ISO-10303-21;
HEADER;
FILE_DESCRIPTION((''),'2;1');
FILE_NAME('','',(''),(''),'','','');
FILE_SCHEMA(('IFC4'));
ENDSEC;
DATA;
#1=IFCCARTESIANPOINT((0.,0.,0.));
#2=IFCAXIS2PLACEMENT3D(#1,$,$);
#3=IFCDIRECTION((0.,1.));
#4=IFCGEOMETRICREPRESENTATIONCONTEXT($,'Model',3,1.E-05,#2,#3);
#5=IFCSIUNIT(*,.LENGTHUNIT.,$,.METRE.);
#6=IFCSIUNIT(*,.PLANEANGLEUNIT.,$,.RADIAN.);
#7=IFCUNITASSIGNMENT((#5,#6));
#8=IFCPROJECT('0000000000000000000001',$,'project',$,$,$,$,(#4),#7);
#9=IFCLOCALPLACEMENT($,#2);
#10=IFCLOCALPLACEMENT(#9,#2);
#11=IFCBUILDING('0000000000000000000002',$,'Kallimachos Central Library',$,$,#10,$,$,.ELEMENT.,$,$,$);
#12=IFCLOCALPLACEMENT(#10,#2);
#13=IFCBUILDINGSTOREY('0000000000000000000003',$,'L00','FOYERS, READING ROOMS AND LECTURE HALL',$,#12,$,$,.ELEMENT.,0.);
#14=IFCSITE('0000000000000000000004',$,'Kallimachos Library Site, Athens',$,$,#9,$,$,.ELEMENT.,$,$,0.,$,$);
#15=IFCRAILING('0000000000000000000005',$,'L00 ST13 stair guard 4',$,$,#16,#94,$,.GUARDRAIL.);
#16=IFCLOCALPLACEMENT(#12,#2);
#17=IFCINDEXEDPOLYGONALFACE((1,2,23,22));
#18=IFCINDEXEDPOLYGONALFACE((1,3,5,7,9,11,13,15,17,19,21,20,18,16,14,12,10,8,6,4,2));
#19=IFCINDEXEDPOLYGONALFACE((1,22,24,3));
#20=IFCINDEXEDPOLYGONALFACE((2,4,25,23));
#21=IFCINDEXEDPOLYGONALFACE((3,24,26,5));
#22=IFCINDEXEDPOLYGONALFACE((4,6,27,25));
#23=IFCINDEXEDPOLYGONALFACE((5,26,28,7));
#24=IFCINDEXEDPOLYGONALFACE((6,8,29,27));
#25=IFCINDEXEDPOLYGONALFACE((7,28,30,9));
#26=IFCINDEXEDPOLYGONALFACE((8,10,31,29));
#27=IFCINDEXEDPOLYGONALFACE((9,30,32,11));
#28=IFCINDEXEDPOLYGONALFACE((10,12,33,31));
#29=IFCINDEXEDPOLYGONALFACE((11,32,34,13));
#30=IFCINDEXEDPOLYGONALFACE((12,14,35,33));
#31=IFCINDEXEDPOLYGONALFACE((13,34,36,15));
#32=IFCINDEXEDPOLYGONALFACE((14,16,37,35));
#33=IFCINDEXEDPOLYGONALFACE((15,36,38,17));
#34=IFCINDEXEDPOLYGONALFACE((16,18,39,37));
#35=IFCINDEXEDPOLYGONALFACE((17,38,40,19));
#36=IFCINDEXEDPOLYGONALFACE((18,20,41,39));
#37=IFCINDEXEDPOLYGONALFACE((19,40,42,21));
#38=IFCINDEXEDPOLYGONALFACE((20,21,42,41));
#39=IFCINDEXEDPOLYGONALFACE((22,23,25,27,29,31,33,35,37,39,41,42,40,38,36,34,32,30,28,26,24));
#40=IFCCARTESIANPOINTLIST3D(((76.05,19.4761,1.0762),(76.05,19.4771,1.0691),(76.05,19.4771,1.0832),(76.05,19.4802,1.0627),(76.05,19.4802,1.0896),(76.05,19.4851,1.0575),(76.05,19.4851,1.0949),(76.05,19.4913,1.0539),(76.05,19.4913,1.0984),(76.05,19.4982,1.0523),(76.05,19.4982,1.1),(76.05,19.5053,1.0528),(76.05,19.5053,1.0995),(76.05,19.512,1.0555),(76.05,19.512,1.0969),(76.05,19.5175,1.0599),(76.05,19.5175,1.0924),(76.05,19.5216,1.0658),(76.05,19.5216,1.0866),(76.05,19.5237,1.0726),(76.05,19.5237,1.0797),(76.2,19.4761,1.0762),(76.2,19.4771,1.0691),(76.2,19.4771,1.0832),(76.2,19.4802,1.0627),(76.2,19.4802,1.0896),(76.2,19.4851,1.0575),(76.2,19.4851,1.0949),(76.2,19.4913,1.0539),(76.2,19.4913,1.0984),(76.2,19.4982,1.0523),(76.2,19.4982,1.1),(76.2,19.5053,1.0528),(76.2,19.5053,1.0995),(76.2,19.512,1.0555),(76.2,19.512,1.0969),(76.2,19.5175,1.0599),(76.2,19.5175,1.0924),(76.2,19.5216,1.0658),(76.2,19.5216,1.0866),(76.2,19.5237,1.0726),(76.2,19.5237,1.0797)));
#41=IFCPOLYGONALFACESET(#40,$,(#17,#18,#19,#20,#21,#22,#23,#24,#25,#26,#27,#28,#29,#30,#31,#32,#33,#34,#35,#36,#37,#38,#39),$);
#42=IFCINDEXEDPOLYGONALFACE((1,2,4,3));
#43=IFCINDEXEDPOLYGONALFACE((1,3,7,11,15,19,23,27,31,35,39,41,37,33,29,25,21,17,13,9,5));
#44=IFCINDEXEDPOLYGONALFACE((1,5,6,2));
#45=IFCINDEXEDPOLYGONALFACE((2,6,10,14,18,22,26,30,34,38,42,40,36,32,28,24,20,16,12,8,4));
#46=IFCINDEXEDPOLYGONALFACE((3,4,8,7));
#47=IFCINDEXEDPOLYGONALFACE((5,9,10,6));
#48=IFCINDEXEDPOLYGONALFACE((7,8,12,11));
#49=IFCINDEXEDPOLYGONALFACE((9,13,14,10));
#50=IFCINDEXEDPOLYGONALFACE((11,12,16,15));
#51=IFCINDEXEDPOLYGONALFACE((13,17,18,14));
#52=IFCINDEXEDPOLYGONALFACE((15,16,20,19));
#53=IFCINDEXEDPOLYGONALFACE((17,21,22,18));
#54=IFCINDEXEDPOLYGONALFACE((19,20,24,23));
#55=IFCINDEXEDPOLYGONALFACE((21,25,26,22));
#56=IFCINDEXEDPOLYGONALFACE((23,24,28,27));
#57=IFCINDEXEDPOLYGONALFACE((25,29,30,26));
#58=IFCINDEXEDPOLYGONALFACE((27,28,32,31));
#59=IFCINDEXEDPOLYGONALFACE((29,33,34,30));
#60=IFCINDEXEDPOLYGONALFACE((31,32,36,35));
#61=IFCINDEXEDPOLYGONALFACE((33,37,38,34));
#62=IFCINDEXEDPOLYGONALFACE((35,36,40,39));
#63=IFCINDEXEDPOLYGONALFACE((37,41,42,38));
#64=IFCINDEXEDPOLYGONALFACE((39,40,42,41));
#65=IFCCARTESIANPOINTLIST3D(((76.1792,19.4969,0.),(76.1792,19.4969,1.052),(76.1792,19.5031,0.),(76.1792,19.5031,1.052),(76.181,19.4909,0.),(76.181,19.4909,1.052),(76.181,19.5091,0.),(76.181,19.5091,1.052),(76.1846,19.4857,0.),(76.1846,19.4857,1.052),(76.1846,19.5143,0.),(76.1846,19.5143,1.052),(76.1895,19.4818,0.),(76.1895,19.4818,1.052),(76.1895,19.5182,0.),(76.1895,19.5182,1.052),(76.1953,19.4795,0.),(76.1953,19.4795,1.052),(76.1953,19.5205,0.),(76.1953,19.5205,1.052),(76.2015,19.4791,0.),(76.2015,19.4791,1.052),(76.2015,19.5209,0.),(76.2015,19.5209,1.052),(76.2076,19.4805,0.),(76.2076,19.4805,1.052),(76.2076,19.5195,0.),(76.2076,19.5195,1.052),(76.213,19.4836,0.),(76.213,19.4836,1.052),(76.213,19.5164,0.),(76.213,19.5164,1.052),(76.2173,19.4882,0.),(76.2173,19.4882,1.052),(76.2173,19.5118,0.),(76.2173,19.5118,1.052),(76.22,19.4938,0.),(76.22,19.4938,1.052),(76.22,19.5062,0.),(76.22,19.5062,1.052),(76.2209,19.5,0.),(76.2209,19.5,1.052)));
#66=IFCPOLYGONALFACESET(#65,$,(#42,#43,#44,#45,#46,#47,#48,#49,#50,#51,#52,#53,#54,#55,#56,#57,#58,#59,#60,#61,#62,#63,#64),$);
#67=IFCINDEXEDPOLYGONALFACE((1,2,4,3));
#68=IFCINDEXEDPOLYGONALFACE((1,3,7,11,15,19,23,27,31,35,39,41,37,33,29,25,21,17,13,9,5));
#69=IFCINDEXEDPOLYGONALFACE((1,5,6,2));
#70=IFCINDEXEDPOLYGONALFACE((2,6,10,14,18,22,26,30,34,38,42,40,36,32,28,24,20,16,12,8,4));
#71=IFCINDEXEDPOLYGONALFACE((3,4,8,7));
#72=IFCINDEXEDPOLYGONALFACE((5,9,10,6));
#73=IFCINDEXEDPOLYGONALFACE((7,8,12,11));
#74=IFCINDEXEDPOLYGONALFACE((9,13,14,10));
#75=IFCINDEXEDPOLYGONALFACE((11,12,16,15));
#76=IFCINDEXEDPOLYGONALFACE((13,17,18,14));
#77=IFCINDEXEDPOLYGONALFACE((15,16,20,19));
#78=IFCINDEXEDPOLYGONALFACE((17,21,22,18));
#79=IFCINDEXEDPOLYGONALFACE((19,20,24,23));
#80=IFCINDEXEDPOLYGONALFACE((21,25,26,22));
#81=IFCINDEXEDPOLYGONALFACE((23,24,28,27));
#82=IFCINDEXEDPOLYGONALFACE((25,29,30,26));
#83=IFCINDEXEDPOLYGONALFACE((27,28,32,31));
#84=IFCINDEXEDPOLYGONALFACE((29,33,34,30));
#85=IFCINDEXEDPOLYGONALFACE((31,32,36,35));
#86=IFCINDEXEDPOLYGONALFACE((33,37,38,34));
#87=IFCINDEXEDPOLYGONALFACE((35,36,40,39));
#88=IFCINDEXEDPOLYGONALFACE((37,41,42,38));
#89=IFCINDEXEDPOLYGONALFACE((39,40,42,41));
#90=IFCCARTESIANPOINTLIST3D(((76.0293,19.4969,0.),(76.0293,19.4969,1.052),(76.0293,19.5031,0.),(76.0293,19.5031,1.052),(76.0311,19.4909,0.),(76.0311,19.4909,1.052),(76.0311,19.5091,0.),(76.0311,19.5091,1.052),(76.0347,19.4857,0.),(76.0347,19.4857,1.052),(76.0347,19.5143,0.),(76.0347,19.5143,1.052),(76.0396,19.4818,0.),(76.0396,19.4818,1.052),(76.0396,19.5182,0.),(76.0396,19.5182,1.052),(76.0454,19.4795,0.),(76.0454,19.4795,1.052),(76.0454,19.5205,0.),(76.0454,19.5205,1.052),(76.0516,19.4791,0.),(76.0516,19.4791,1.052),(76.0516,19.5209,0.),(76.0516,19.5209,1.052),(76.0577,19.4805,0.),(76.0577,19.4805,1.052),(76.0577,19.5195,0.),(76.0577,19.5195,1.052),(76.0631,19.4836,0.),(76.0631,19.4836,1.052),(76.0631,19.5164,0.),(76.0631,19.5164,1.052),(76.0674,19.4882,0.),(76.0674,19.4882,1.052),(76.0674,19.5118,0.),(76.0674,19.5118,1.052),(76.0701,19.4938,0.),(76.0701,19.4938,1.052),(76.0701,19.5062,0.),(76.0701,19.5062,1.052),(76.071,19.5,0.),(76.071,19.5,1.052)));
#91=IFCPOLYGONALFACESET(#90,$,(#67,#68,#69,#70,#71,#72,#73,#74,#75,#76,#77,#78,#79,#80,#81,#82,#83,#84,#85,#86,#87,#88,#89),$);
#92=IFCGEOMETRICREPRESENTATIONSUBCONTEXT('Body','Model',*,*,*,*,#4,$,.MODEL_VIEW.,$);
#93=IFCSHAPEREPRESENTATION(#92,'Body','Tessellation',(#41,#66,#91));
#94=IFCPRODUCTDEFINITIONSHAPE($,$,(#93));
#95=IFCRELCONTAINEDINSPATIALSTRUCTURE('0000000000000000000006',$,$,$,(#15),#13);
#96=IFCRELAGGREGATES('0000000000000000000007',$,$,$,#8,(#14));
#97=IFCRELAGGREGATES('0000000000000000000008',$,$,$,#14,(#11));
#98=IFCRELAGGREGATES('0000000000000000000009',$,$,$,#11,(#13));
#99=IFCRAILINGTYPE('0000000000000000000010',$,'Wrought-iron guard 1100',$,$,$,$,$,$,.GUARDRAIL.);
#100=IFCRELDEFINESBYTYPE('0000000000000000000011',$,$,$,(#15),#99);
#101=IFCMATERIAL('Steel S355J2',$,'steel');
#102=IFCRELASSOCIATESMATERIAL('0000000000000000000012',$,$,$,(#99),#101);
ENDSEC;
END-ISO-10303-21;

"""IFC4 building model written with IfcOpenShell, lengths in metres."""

from ifc_helpers import new_model, si_unit, direction, frame, origin, origin_2d, place, context, subcontext, project, spatial, circle, extrude, material, type_object, element, save


model = new_model("IFC4")

# Units and contexts
model_context = context("Model", 3, precision=1e-05, world=origin(), true_north=direction((0.0, 1.0)))
body_context = subcontext(model_context, "Body", "Model", "MODEL_VIEW")
ifc_project = project(units=[si_unit("LENGTHUNIT", "METRE"), si_unit("PLANEANGLEUNIT", "RADIAN")], contexts=[model_context])

# Site, building, storey
site_placement = place(None, origin())
site = spatial("IfcSite", under=ifc_project, at=site_placement, Name="Kallimachos Library Site, Athens", CompositionType="ELEMENT", RefElevation=0.0)
building_placement = place(site_placement, origin())
building = spatial("IfcBuilding", under=site, at=building_placement, Name="Kallimachos Central Library", CompositionType="ELEMENT")
storey_placement = place(building_placement, origin())
storey = spatial("IfcBuildingStorey", under=building, at=storey_placement, Name="L00", Description="FOYERS, READING ROOMS AND LECTURE HALL", CompositionType="ELEMENT", Elevation=0.0)

# Railing
ifc_material_1 = material(Name="Steel S355J2", Category="steel")
railing_type_1 = type_object("IfcRailingType", Name="Wrought-iron guard 1100", PredefinedType="GUARDRAIL", material=ifc_material_1)
railing_1_placement = place(storey_placement, frame((76.2, 19.5, 0.0)))
element("IfcRailing", 1, at=railing_1_placement, inside=storey, type_object=railing_type_1, Name="L00 ST13 stair guard 4", PredefinedType="GUARDRAIL", context=body_context, shape_type="SweptSolid", body=[
    extrude(circle(Radius=0.0239, at=origin_2d()), frame((0.0, 0.0, 1.0762), z_axis=(-1.0, 0.0, 0.0), x_axis=(0.0, -1.0, 0.0)), (0.0, 0.0, 1.0), 0.1499),
    extrude(circle(Radius=0.021, at=origin_2d()), origin(), (0.0, 0.0, 1.0), 1.052),
    extrude(circle(Radius=0.021, at=origin_2d()), frame((-0.1499, 0.0, 0.0)), (0.0, 0.0, 1.0), 1.052),
])

save(model, "model.ifc")
